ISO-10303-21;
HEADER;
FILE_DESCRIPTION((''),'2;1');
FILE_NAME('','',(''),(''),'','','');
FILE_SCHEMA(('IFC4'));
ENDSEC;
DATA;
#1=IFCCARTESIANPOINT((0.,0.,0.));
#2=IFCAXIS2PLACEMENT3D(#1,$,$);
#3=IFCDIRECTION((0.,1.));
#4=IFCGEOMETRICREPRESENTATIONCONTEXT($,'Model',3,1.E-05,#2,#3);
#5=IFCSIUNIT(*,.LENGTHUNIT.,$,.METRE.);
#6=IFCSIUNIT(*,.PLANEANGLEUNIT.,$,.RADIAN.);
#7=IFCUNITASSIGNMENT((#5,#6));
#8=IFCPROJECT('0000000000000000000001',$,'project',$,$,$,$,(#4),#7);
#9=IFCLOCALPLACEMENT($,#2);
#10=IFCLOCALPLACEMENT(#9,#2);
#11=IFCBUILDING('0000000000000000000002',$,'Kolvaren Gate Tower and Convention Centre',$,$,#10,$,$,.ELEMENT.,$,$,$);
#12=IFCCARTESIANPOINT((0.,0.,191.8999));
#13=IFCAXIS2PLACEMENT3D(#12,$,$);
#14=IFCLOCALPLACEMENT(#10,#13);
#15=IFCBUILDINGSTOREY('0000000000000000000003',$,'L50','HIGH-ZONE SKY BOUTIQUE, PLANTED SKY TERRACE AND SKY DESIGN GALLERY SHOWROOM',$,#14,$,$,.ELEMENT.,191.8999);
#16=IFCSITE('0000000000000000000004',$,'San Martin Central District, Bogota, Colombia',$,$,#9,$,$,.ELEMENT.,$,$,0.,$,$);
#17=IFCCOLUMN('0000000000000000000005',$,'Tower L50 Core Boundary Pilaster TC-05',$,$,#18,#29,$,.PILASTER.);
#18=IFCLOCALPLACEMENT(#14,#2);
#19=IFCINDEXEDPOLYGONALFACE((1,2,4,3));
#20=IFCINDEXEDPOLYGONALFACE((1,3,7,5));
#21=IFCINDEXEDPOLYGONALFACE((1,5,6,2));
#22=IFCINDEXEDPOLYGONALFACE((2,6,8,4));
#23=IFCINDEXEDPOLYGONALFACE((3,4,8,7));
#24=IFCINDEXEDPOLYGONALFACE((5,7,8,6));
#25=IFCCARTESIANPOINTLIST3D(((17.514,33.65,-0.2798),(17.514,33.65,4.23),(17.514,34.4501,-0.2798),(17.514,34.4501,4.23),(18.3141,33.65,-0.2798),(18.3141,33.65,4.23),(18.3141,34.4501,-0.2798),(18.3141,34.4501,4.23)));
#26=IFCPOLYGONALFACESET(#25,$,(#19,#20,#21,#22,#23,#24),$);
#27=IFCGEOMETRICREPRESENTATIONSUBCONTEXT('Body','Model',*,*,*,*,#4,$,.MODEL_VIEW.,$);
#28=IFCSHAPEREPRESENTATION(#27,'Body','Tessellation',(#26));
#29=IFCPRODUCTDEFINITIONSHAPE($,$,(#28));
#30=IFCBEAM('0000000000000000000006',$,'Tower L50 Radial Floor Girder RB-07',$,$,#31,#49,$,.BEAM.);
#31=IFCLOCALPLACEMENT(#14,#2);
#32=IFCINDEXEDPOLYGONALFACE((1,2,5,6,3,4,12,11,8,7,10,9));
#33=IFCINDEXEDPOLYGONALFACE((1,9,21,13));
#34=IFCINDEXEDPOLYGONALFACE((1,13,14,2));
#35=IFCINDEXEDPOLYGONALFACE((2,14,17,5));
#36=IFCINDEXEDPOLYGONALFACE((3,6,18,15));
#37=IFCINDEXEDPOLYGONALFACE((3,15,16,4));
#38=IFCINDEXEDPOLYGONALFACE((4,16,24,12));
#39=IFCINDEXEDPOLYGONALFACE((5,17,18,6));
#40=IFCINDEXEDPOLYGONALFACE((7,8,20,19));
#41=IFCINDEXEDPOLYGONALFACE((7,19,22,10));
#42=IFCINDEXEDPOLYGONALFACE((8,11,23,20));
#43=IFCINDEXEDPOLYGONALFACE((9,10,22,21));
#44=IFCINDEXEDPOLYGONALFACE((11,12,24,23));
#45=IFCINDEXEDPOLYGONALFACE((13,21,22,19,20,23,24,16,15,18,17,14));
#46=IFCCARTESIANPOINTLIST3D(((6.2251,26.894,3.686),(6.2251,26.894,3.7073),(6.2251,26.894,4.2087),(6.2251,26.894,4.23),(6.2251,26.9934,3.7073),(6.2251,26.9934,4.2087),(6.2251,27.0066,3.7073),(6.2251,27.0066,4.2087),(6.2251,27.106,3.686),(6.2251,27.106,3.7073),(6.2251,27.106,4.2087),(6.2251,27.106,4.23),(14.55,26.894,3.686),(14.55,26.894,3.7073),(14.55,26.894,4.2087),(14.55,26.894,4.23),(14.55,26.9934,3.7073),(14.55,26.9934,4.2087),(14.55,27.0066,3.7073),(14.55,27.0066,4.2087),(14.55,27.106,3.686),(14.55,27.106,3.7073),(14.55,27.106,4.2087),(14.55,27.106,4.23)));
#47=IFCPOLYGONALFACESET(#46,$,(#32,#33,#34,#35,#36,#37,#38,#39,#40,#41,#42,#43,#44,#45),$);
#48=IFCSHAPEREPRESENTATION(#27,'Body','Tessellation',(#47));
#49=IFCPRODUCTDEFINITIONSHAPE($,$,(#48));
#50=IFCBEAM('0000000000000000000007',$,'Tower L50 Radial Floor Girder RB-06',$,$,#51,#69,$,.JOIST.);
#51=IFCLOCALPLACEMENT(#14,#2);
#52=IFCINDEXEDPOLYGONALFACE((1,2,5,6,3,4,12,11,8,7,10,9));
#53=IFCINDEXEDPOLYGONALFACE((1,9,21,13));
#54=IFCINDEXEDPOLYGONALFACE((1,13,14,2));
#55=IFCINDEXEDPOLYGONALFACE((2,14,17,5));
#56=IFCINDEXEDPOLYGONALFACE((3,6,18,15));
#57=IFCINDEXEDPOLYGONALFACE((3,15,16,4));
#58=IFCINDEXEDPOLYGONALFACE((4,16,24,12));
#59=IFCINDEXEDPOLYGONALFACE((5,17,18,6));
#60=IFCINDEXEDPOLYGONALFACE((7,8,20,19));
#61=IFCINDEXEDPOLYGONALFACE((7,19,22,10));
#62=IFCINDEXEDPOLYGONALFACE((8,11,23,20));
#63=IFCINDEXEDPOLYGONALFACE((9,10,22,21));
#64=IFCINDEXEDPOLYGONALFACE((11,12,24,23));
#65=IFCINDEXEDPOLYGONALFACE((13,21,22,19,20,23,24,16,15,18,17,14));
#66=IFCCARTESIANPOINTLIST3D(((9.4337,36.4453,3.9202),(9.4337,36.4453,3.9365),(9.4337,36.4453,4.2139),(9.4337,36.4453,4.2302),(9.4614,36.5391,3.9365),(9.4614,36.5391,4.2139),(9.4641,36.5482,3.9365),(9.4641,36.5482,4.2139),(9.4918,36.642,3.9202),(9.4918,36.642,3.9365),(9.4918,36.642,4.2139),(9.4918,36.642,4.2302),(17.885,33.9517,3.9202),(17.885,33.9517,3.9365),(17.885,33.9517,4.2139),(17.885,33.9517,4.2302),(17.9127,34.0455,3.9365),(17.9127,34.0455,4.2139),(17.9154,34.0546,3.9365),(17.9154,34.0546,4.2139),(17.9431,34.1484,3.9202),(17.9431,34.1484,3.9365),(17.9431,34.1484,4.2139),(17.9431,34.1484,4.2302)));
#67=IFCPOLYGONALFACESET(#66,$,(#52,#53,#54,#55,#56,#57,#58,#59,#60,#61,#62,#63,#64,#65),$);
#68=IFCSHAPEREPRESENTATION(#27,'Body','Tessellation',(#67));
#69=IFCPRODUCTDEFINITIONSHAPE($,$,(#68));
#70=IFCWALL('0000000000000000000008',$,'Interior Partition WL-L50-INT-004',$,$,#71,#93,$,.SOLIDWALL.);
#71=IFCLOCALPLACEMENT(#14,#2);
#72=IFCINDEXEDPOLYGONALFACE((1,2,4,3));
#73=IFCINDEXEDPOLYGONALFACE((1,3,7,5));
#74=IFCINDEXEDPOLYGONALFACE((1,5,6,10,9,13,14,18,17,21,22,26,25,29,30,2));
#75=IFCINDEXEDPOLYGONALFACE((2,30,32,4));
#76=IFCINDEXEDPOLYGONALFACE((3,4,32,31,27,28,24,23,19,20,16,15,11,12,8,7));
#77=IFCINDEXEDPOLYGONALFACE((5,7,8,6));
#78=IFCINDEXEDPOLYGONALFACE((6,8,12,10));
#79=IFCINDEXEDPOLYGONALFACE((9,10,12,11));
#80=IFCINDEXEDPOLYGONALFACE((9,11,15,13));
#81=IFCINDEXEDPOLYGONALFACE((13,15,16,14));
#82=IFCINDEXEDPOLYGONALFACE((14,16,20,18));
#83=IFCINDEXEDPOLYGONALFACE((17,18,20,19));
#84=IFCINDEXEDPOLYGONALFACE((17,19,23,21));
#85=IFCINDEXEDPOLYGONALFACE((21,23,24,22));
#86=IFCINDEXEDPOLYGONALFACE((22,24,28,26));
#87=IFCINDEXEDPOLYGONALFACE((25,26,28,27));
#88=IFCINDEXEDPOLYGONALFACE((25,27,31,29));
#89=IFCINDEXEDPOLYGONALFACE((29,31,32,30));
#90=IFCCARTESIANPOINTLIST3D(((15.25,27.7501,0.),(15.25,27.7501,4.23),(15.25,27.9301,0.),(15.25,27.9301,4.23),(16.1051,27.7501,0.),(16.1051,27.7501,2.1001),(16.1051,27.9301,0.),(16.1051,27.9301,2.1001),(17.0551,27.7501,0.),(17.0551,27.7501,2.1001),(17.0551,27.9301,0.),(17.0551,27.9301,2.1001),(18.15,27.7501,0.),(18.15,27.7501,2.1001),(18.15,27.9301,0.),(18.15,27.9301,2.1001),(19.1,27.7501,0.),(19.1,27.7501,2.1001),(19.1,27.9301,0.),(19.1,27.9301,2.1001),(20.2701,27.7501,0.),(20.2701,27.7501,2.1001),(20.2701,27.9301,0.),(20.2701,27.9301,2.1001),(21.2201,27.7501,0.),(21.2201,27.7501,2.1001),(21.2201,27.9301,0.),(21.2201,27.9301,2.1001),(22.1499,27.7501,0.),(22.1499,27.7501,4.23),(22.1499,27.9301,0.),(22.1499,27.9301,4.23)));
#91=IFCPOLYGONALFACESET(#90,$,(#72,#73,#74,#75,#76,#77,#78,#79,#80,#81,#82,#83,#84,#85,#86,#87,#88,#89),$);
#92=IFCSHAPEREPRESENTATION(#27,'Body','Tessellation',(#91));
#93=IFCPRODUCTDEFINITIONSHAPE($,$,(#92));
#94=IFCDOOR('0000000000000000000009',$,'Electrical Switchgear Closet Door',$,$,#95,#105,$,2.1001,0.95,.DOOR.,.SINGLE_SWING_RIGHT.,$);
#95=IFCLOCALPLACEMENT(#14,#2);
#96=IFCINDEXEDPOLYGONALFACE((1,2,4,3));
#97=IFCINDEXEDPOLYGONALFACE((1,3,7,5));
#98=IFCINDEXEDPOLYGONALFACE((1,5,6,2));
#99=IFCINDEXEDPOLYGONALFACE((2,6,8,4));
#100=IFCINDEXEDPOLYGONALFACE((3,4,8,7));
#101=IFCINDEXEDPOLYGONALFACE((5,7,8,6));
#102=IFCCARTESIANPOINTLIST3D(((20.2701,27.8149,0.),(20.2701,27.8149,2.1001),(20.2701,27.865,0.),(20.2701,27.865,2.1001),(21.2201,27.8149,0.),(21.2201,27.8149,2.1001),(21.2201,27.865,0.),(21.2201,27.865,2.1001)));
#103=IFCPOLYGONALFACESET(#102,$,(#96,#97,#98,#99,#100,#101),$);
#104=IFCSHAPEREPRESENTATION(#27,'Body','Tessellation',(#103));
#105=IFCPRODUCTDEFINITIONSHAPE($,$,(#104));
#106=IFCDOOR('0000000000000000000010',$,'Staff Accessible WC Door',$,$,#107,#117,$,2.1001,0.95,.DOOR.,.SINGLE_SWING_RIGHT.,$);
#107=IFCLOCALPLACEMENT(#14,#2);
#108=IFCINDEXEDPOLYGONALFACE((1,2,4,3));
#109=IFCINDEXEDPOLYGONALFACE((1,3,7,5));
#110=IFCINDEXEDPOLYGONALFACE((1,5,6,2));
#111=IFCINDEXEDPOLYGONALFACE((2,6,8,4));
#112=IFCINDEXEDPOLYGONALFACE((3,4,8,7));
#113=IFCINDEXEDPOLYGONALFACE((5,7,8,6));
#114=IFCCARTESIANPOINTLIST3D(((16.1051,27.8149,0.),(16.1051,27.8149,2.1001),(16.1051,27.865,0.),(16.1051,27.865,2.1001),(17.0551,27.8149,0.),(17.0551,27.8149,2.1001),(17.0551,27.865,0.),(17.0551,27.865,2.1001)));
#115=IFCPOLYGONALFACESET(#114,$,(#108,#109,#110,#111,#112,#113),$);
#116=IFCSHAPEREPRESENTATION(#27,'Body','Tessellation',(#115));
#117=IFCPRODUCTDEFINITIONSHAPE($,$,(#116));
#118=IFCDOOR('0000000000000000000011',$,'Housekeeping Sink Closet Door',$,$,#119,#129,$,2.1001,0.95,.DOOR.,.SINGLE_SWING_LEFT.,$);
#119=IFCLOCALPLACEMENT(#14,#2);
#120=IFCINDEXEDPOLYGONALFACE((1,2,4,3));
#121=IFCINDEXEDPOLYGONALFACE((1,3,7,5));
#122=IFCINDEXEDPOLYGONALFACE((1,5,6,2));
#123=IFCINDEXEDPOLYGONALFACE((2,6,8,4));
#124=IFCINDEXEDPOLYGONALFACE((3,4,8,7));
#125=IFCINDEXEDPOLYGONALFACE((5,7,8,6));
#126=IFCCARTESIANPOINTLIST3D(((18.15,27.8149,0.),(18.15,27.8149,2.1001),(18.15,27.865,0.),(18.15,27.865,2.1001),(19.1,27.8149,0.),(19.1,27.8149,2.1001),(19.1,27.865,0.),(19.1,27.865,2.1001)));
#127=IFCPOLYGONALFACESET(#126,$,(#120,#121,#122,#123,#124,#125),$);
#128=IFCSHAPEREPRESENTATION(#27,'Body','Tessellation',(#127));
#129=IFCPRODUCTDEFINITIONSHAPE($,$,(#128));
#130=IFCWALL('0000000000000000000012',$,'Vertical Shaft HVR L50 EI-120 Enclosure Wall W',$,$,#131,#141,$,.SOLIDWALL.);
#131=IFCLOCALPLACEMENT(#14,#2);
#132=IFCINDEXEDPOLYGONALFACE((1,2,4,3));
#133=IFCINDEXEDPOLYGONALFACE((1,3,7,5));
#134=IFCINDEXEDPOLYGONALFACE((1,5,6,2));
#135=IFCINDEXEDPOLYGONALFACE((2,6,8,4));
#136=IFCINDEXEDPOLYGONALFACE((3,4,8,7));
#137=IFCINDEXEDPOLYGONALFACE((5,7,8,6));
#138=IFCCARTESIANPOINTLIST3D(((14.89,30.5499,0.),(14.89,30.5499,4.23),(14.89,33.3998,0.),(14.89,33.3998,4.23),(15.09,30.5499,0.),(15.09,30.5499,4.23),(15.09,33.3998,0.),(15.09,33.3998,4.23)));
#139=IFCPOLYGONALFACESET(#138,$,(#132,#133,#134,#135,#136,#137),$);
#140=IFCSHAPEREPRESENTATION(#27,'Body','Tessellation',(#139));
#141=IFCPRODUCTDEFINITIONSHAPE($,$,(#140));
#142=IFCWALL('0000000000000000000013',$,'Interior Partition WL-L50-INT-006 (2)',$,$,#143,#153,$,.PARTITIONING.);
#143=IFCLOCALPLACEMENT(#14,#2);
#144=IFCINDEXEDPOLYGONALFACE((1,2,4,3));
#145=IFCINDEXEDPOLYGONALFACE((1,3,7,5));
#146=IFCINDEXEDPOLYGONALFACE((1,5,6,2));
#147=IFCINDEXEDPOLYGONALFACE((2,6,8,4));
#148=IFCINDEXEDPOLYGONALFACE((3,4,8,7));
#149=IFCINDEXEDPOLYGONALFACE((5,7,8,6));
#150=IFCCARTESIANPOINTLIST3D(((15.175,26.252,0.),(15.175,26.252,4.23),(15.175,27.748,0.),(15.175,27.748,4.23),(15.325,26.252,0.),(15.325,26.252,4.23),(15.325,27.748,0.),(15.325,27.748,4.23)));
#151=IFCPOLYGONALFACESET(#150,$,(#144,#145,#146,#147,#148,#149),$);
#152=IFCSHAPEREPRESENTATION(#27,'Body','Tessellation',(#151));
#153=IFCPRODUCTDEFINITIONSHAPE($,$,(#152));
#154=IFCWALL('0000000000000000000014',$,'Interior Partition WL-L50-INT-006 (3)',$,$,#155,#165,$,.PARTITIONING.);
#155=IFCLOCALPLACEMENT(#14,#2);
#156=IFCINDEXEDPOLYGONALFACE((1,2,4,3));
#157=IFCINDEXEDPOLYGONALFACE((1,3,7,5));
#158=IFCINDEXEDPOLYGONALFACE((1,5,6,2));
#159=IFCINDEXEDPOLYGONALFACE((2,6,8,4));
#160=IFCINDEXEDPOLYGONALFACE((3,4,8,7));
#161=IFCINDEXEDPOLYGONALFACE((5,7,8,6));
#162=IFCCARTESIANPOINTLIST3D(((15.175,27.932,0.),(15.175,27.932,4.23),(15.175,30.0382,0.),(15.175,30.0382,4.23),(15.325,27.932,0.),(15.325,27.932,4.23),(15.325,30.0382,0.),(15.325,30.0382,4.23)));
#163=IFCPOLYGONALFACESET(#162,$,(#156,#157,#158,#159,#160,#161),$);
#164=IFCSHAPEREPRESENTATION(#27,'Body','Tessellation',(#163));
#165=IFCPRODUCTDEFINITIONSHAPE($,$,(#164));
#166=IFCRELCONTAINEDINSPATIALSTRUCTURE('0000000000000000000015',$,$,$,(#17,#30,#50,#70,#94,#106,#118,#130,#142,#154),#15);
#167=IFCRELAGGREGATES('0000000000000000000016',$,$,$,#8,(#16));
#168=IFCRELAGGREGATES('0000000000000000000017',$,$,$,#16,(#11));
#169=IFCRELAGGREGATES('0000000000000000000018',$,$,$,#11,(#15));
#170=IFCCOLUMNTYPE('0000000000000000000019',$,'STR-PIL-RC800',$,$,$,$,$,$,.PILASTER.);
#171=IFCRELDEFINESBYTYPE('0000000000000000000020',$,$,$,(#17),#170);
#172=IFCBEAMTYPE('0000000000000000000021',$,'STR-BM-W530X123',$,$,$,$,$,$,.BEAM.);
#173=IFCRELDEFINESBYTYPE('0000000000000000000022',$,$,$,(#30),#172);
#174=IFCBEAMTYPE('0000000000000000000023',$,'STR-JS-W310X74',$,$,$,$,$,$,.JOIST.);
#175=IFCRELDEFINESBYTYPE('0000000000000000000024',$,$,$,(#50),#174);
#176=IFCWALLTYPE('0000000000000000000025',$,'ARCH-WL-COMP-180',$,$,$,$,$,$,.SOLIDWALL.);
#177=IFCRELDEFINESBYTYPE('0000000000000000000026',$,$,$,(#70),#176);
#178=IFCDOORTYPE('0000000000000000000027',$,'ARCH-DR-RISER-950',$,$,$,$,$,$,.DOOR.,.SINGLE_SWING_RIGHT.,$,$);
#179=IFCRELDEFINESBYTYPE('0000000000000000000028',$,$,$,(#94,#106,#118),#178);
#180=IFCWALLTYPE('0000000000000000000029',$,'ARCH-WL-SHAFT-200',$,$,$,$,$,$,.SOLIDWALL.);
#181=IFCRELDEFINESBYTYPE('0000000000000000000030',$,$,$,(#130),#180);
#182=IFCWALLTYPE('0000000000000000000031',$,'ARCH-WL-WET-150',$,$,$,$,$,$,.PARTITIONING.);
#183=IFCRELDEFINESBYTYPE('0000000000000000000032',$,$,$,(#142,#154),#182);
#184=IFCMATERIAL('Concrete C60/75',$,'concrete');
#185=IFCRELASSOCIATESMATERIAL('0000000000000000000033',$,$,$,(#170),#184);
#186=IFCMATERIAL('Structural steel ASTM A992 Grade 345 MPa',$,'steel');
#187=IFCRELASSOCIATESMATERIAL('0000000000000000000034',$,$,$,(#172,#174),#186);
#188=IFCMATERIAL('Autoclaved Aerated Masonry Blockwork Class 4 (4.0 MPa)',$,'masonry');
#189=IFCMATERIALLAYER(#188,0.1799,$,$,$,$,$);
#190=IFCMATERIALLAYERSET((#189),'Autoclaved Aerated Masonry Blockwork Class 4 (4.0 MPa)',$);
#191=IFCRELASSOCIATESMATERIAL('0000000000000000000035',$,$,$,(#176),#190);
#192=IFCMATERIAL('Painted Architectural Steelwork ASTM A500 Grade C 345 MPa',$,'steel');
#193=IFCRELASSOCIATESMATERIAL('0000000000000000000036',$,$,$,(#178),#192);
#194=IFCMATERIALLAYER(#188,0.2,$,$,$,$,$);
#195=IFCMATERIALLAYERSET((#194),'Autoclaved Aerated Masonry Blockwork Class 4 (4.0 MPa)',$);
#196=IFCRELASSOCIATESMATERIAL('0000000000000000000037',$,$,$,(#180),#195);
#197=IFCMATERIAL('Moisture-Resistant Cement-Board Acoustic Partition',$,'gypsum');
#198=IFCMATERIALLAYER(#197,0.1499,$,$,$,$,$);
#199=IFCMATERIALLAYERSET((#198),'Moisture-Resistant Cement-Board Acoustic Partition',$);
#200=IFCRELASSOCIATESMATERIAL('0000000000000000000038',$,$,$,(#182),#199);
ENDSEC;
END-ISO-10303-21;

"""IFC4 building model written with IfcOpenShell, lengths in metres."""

from ifc_helpers import new_model, si_unit, direction, frame, frame_2d, origin, origin_2d, place, context, subcontext, project, spatial, rectangle, i_section, extrude, material, layer, layer_set, material_profile, profile_set, type_object, element, fill, save


model = new_model("IFC4")

# Units and contexts
model_context = context("Model", 3, precision=1e-05, world=origin(), true_north=direction((0.0, 1.0)))
body_context = subcontext(model_context, "Body", "Model", "MODEL_VIEW")
ifc_project = project(units=[si_unit("LENGTHUNIT", "METRE"), si_unit("PLANEANGLEUNIT", "RADIAN")], contexts=[model_context])

# Site, building, storey
site_placement = place(None, origin())
site = spatial("IfcSite", under=ifc_project, at=site_placement, Name="San Martin Central District, Bogota, Colombia", CompositionType="ELEMENT", RefElevation=0.0)
building_placement = place(site_placement, origin())
building = spatial("IfcBuilding", under=site, at=building_placement, Name="Kolvaren Gate Tower and Convention Centre", CompositionType="ELEMENT")
storey_placement = place(building_placement, frame((0.0, 0.0, 191.8999)))
storey = spatial("IfcBuildingStorey", under=building, at=storey_placement, Name="L50", Description="HIGH-ZONE SKY BOUTIQUE, PLANTED SKY TERRACE AND SKY DESIGN GALLERY SHOWROOM", CompositionType="ELEMENT", Elevation=191.8999)

# Column
ifc_material_1 = material(Name="Concrete C60/75", Category="concrete")
ifc_material_profile_1 = material_profile(ifc_material_1, rectangle(XDim=0.8, YDim=0.8, at=origin_2d()), Name="RC-COL-800X800")
ifc_profile_set_1 = profile_set([ifc_material_profile_1], Name="Concrete C60/75")
column_type = type_object("IfcColumnType", Name="STR-PIL-RC800", PredefinedType="PILASTER", material=ifc_profile_set_1)
column_placement = place(storey_placement, frame((17.9141, 34.05, -0.2798), z_axis=(0.0, 0.0, 1.0), x_axis=(1.0, 0.0, 0.0)))
element("IfcColumn", 1, at=column_placement, inside=storey, type_object=column_type, Name="Tower L50 Core Boundary Pilaster TC-05", PredefinedType="PILASTER", context=body_context, shape_type="SweptSolid", body=[
    extrude(rectangle(XDim=0.8, YDim=0.8, at=origin_2d()), origin(), (0.0, 0.0, 1.0), 4.5098),
])

# Beams
ifc_material_2 = material(Name="Structural steel ASTM A992 Grade 345 MPa", Category="steel")
ifc_material_profile_2 = material_profile(ifc_material_2, i_section(OverallWidth=0.2119, OverallDepth=0.5439, WebThickness=0.0132, FlangeThickness=0.0212, at=origin_2d()), Name="W530X123")
ifc_profile_set_2 = profile_set([ifc_material_profile_2], Name="Structural steel ASTM A992 Grade 345 MPa")
beam_type_1 = type_object("IfcBeamType", Name="STR-BM-W530X123", PredefinedType="BEAM", material=ifc_profile_set_2)
beam_1_placement = place(storey_placement, frame((14.55, 27.0, 3.958), z_axis=(-1.0, 0.0, 0.0), x_axis=(0.0, -1.0, 0.0)))
element("IfcBeam", 2, at=beam_1_placement, inside=storey, type_object=beam_type_1, Name="Tower L50 Radial Floor Girder RB-07", PredefinedType="BEAM", context=body_context, shape_type="SweptSolid", body=[
    extrude(i_section(OverallWidth=0.2119, OverallDepth=0.5439, WebThickness=0.0132, FlangeThickness=0.0212, at=origin_2d()), origin(), (0.0, 0.0, 1.0), 8.325),
])
ifc_material_profile_3 = material_profile(ifc_material_2, i_section(OverallWidth=0.2051, OverallDepth=0.3101, WebThickness=0.0095, FlangeThickness=0.0164, at=origin_2d()), Name="W310X74")
ifc_profile_set_3 = profile_set([ifc_material_profile_3], Name="Structural steel ASTM A992 Grade 345 MPa")
beam_type_2 = type_object("IfcBeamType", Name="STR-JS-W310X74", PredefinedType="JOIST", material=ifc_profile_set_3)
beam_2_placement = place(storey_placement, frame((17.9141, 34.05, 4.0752), z_axis=(-0.959121, 0.282996, 0.0), x_axis=(-0.282996, -0.959121, 0.0)))
element("IfcBeam", 3, at=beam_2_placement, inside=storey, type_object=beam_type_2, Name="Tower L50 Radial Floor Girder RB-06", PredefinedType="JOIST", context=body_context, shape_type="SweptSolid", body=[
    extrude(i_section(OverallWidth=0.2051, OverallDepth=0.3101, WebThickness=0.0095, FlangeThickness=0.0164, at=origin_2d()), origin(), (0.0, 0.0, 1.0), 8.8115),
])

# Wall, openings, doors
ifc_material_3 = material(Name="Autoclaved Aerated Masonry Blockwork Class 4 (4.0 MPa)", Category="masonry")
ifc_layer_1 = layer(ifc_material_3, 0.1799)
ifc_layer_set_1 = layer_set([ifc_layer_1], Name="Autoclaved Aerated Masonry Blockwork Class 4 (4.0 MPa)")
wall_type_1 = type_object("IfcWallType", Name="ARCH-WL-COMP-180", PredefinedType="SOLIDWALL", material=ifc_layer_set_1)
wall_1_placement = place(storey_placement, frame((15.25, 27.8401, 0.0), z_axis=(0.0, 0.0, 1.0), x_axis=(1.0, 0.0, 0.0)))
wall_1 = element("IfcWall", 4, at=wall_1_placement, inside=storey, type_object=wall_type_1, Name="Interior Partition WL-L50-INT-004", PredefinedType="SOLIDWALL", context=body_context, shape_type="SweptSolid", body=[
    extrude(rectangle(XDim=6.8999, YDim=0.1799, at=frame_2d((3.45, 0.0))), origin(), (0.0, 0.0, 1.0), 4.23),
])
opening_1_placement = place(wall_1_placement, frame((5.02, 0.0, 0.0)))
opening_1 = element("IfcOpeningElement", 5, at=opening_1_placement, cuts=wall_1, PredefinedType="OPENING", context=body_context, shape_type="SweptSolid", body=[
    extrude(rectangle(XDim=0.95, YDim=2.1001, at=frame_2d((0.4751, 1.05))), frame((0.0, 0.0999, 0.0), z_axis=(0.0, -1.0, 0.0), x_axis=(1.0, 0.0, 0.0)), (0.0, 0.0, 1.0), 0.2),
])
opening_2_placement = place(wall_1_placement, frame((0.855, 0.0, 0.0)))
opening_2 = element("IfcOpeningElement", 6, at=opening_2_placement, cuts=wall_1, PredefinedType="OPENING", context=body_context, shape_type="SweptSolid", body=[
    extrude(rectangle(XDim=0.95, YDim=2.1001, at=frame_2d((0.4751, 1.05))), frame((0.0, 0.0999, 0.0), z_axis=(0.0, -1.0, 0.0), x_axis=(1.0, 0.0, 0.0)), (0.0, 0.0, 1.0), 0.2),
])
opening_3_placement = place(wall_1_placement, frame((2.8999, 0.0, 0.0)))
opening_3 = element("IfcOpeningElement", 7, at=opening_3_placement, cuts=wall_1, PredefinedType="OPENING", context=body_context, shape_type="SweptSolid", body=[
    extrude(rectangle(XDim=0.95, YDim=2.1001, at=frame_2d((0.4751, 1.05))), frame((0.0, 0.0999, 0.0), z_axis=(0.0, -1.0, 0.0), x_axis=(1.0, 0.0, 0.0)), (0.0, 0.0, 1.0), 0.2),
])
ifc_material_4 = material(Name="Painted Architectural Steelwork ASTM A500 Grade C 345 MPa", Category="steel")
door_type = type_object("IfcDoorType", Name="ARCH-DR-RISER-950", OperationType="SINGLE_SWING_RIGHT", PredefinedType="DOOR", material=ifc_material_4)
door_1_placement = place(opening_1_placement, origin())
door_1 = element("IfcDoor", 8, at=door_1_placement, inside=storey, type_object=door_type, Name="Electrical Switchgear Closet Door", OperationType="SINGLE_SWING_RIGHT", OverallHeight=2.1001, OverallWidth=0.95, PredefinedType="DOOR", context=body_context, shape_type="SweptSolid", body=[
    extrude(rectangle(XDim=0.95, YDim=2.1001, at=frame_2d((0.4751, 1.05))), frame((0.0, 0.0249, 0.0), z_axis=(0.0, -1.0, 0.0), x_axis=(1.0, 0.0, 0.0)), (0.0, 0.0, 1.0), 0.05),
])
fill(opening_1, door_1)
door_2_placement = place(opening_2_placement, origin())
door_2 = element("IfcDoor", 9, at=door_2_placement, inside=storey, type_object=door_type, Name="Staff Accessible WC Door", OperationType="SINGLE_SWING_RIGHT", OverallHeight=2.1001, OverallWidth=0.95, PredefinedType="DOOR", context=body_context, shape_type="SweptSolid", body=[
    extrude(rectangle(XDim=0.95, YDim=2.1001, at=frame_2d((0.4751, 1.05))), frame((0.0, 0.0249, 0.0), z_axis=(0.0, -1.0, 0.0), x_axis=(1.0, 0.0, 0.0)), (0.0, 0.0, 1.0), 0.05),
])
fill(opening_2, door_2)
door_3_placement = place(opening_3_placement, origin())
door_3 = element("IfcDoor", 10, at=door_3_placement, inside=storey, type_object=door_type, Name="Housekeeping Sink Closet Door", OperationType="SINGLE_SWING_LEFT", OverallHeight=2.1001, OverallWidth=0.95, PredefinedType="DOOR", context=body_context, shape_type="SweptSolid", body=[
    extrude(rectangle(XDim=0.95, YDim=2.1001, at=frame_2d((0.4751, 1.05))), frame((0.0, 0.0249, 0.0), z_axis=(0.0, -1.0, 0.0), x_axis=(1.0, 0.0, 0.0)), (0.0, 0.0, 1.0), 0.05),
])
fill(opening_3, door_3)

# Walls
ifc_layer_2 = layer(ifc_material_3, 0.2)
ifc_layer_set_2 = layer_set([ifc_layer_2], Name="Autoclaved Aerated Masonry Blockwork Class 4 (4.0 MPa)")
wall_type_2 = type_object("IfcWallType", Name="ARCH-WL-SHAFT-200", PredefinedType="SOLIDWALL", material=ifc_layer_set_2)
wall_2_placement = place(storey_placement, frame((14.99, 30.55, 0.0), z_axis=(0.0, 0.0, 1.0), x_axis=(0.0, 1.0, 0.0)))
element("IfcWall", 11, at=wall_2_placement, inside=storey, type_object=wall_type_2, Name="Vertical Shaft HVR L50 EI-120 Enclosure Wall W", PredefinedType="SOLIDWALL", context=body_context, shape_type="SweptSolid", body=[
    extrude(rectangle(XDim=2.8499, YDim=0.2, at=frame_2d((1.4248, 0.0))), origin(), (0.0, 0.0, 1.0), 4.23),
])
ifc_material_5 = material(Name="Moisture-Resistant Cement-Board Acoustic Partition", Category="gypsum")
ifc_layer_3 = layer(ifc_material_5, 0.1499)
ifc_layer_set_3 = layer_set([ifc_layer_3], Name="Moisture-Resistant Cement-Board Acoustic Partition")
wall_type_3 = type_object("IfcWallType", Name="ARCH-WL-WET-150", PredefinedType="PARTITIONING", material=ifc_layer_set_3)
wall_3_placement = place(storey_placement, frame((15.25, 26.252, 0.0), z_axis=(0.0, 0.0, 1.0), x_axis=(0.0, 1.0, 0.0)))
element("IfcWall", 12, at=wall_3_placement, inside=storey, type_object=wall_type_3, Name="Interior Partition WL-L50-INT-006 (2)", PredefinedType="PARTITIONING", context=body_context, shape_type="SweptSolid", body=[
    extrude(rectangle(XDim=1.4961, YDim=0.1499, at=frame_2d((0.748, 0.0))), origin(), (0.0, 0.0, 1.0), 4.23),
])
for number, where, z_axis, x_axis, name in (
    (13, (15.25, 27.9319, 0.0), (0.0, 0.0, 1.0), (0.0, 1.0, 0.0), "Interior Partition WL-L50-INT-006 (3)"),
):
    element("IfcWall", number, at=place(storey_placement, frame(where, z_axis=z_axis, x_axis=x_axis)), inside=storey, type_object=wall_type_3, Name=name, PredefinedType="PARTITIONING", context=body_context, shape_type="SweptSolid", body=[
        extrude(rectangle(XDim=2.1062, YDim=0.1499, at=frame_2d((1.0532, 0.0))), origin(), (0.0, 0.0, 1.0), 4.23),
    ])

save(model, "model.ifc")
